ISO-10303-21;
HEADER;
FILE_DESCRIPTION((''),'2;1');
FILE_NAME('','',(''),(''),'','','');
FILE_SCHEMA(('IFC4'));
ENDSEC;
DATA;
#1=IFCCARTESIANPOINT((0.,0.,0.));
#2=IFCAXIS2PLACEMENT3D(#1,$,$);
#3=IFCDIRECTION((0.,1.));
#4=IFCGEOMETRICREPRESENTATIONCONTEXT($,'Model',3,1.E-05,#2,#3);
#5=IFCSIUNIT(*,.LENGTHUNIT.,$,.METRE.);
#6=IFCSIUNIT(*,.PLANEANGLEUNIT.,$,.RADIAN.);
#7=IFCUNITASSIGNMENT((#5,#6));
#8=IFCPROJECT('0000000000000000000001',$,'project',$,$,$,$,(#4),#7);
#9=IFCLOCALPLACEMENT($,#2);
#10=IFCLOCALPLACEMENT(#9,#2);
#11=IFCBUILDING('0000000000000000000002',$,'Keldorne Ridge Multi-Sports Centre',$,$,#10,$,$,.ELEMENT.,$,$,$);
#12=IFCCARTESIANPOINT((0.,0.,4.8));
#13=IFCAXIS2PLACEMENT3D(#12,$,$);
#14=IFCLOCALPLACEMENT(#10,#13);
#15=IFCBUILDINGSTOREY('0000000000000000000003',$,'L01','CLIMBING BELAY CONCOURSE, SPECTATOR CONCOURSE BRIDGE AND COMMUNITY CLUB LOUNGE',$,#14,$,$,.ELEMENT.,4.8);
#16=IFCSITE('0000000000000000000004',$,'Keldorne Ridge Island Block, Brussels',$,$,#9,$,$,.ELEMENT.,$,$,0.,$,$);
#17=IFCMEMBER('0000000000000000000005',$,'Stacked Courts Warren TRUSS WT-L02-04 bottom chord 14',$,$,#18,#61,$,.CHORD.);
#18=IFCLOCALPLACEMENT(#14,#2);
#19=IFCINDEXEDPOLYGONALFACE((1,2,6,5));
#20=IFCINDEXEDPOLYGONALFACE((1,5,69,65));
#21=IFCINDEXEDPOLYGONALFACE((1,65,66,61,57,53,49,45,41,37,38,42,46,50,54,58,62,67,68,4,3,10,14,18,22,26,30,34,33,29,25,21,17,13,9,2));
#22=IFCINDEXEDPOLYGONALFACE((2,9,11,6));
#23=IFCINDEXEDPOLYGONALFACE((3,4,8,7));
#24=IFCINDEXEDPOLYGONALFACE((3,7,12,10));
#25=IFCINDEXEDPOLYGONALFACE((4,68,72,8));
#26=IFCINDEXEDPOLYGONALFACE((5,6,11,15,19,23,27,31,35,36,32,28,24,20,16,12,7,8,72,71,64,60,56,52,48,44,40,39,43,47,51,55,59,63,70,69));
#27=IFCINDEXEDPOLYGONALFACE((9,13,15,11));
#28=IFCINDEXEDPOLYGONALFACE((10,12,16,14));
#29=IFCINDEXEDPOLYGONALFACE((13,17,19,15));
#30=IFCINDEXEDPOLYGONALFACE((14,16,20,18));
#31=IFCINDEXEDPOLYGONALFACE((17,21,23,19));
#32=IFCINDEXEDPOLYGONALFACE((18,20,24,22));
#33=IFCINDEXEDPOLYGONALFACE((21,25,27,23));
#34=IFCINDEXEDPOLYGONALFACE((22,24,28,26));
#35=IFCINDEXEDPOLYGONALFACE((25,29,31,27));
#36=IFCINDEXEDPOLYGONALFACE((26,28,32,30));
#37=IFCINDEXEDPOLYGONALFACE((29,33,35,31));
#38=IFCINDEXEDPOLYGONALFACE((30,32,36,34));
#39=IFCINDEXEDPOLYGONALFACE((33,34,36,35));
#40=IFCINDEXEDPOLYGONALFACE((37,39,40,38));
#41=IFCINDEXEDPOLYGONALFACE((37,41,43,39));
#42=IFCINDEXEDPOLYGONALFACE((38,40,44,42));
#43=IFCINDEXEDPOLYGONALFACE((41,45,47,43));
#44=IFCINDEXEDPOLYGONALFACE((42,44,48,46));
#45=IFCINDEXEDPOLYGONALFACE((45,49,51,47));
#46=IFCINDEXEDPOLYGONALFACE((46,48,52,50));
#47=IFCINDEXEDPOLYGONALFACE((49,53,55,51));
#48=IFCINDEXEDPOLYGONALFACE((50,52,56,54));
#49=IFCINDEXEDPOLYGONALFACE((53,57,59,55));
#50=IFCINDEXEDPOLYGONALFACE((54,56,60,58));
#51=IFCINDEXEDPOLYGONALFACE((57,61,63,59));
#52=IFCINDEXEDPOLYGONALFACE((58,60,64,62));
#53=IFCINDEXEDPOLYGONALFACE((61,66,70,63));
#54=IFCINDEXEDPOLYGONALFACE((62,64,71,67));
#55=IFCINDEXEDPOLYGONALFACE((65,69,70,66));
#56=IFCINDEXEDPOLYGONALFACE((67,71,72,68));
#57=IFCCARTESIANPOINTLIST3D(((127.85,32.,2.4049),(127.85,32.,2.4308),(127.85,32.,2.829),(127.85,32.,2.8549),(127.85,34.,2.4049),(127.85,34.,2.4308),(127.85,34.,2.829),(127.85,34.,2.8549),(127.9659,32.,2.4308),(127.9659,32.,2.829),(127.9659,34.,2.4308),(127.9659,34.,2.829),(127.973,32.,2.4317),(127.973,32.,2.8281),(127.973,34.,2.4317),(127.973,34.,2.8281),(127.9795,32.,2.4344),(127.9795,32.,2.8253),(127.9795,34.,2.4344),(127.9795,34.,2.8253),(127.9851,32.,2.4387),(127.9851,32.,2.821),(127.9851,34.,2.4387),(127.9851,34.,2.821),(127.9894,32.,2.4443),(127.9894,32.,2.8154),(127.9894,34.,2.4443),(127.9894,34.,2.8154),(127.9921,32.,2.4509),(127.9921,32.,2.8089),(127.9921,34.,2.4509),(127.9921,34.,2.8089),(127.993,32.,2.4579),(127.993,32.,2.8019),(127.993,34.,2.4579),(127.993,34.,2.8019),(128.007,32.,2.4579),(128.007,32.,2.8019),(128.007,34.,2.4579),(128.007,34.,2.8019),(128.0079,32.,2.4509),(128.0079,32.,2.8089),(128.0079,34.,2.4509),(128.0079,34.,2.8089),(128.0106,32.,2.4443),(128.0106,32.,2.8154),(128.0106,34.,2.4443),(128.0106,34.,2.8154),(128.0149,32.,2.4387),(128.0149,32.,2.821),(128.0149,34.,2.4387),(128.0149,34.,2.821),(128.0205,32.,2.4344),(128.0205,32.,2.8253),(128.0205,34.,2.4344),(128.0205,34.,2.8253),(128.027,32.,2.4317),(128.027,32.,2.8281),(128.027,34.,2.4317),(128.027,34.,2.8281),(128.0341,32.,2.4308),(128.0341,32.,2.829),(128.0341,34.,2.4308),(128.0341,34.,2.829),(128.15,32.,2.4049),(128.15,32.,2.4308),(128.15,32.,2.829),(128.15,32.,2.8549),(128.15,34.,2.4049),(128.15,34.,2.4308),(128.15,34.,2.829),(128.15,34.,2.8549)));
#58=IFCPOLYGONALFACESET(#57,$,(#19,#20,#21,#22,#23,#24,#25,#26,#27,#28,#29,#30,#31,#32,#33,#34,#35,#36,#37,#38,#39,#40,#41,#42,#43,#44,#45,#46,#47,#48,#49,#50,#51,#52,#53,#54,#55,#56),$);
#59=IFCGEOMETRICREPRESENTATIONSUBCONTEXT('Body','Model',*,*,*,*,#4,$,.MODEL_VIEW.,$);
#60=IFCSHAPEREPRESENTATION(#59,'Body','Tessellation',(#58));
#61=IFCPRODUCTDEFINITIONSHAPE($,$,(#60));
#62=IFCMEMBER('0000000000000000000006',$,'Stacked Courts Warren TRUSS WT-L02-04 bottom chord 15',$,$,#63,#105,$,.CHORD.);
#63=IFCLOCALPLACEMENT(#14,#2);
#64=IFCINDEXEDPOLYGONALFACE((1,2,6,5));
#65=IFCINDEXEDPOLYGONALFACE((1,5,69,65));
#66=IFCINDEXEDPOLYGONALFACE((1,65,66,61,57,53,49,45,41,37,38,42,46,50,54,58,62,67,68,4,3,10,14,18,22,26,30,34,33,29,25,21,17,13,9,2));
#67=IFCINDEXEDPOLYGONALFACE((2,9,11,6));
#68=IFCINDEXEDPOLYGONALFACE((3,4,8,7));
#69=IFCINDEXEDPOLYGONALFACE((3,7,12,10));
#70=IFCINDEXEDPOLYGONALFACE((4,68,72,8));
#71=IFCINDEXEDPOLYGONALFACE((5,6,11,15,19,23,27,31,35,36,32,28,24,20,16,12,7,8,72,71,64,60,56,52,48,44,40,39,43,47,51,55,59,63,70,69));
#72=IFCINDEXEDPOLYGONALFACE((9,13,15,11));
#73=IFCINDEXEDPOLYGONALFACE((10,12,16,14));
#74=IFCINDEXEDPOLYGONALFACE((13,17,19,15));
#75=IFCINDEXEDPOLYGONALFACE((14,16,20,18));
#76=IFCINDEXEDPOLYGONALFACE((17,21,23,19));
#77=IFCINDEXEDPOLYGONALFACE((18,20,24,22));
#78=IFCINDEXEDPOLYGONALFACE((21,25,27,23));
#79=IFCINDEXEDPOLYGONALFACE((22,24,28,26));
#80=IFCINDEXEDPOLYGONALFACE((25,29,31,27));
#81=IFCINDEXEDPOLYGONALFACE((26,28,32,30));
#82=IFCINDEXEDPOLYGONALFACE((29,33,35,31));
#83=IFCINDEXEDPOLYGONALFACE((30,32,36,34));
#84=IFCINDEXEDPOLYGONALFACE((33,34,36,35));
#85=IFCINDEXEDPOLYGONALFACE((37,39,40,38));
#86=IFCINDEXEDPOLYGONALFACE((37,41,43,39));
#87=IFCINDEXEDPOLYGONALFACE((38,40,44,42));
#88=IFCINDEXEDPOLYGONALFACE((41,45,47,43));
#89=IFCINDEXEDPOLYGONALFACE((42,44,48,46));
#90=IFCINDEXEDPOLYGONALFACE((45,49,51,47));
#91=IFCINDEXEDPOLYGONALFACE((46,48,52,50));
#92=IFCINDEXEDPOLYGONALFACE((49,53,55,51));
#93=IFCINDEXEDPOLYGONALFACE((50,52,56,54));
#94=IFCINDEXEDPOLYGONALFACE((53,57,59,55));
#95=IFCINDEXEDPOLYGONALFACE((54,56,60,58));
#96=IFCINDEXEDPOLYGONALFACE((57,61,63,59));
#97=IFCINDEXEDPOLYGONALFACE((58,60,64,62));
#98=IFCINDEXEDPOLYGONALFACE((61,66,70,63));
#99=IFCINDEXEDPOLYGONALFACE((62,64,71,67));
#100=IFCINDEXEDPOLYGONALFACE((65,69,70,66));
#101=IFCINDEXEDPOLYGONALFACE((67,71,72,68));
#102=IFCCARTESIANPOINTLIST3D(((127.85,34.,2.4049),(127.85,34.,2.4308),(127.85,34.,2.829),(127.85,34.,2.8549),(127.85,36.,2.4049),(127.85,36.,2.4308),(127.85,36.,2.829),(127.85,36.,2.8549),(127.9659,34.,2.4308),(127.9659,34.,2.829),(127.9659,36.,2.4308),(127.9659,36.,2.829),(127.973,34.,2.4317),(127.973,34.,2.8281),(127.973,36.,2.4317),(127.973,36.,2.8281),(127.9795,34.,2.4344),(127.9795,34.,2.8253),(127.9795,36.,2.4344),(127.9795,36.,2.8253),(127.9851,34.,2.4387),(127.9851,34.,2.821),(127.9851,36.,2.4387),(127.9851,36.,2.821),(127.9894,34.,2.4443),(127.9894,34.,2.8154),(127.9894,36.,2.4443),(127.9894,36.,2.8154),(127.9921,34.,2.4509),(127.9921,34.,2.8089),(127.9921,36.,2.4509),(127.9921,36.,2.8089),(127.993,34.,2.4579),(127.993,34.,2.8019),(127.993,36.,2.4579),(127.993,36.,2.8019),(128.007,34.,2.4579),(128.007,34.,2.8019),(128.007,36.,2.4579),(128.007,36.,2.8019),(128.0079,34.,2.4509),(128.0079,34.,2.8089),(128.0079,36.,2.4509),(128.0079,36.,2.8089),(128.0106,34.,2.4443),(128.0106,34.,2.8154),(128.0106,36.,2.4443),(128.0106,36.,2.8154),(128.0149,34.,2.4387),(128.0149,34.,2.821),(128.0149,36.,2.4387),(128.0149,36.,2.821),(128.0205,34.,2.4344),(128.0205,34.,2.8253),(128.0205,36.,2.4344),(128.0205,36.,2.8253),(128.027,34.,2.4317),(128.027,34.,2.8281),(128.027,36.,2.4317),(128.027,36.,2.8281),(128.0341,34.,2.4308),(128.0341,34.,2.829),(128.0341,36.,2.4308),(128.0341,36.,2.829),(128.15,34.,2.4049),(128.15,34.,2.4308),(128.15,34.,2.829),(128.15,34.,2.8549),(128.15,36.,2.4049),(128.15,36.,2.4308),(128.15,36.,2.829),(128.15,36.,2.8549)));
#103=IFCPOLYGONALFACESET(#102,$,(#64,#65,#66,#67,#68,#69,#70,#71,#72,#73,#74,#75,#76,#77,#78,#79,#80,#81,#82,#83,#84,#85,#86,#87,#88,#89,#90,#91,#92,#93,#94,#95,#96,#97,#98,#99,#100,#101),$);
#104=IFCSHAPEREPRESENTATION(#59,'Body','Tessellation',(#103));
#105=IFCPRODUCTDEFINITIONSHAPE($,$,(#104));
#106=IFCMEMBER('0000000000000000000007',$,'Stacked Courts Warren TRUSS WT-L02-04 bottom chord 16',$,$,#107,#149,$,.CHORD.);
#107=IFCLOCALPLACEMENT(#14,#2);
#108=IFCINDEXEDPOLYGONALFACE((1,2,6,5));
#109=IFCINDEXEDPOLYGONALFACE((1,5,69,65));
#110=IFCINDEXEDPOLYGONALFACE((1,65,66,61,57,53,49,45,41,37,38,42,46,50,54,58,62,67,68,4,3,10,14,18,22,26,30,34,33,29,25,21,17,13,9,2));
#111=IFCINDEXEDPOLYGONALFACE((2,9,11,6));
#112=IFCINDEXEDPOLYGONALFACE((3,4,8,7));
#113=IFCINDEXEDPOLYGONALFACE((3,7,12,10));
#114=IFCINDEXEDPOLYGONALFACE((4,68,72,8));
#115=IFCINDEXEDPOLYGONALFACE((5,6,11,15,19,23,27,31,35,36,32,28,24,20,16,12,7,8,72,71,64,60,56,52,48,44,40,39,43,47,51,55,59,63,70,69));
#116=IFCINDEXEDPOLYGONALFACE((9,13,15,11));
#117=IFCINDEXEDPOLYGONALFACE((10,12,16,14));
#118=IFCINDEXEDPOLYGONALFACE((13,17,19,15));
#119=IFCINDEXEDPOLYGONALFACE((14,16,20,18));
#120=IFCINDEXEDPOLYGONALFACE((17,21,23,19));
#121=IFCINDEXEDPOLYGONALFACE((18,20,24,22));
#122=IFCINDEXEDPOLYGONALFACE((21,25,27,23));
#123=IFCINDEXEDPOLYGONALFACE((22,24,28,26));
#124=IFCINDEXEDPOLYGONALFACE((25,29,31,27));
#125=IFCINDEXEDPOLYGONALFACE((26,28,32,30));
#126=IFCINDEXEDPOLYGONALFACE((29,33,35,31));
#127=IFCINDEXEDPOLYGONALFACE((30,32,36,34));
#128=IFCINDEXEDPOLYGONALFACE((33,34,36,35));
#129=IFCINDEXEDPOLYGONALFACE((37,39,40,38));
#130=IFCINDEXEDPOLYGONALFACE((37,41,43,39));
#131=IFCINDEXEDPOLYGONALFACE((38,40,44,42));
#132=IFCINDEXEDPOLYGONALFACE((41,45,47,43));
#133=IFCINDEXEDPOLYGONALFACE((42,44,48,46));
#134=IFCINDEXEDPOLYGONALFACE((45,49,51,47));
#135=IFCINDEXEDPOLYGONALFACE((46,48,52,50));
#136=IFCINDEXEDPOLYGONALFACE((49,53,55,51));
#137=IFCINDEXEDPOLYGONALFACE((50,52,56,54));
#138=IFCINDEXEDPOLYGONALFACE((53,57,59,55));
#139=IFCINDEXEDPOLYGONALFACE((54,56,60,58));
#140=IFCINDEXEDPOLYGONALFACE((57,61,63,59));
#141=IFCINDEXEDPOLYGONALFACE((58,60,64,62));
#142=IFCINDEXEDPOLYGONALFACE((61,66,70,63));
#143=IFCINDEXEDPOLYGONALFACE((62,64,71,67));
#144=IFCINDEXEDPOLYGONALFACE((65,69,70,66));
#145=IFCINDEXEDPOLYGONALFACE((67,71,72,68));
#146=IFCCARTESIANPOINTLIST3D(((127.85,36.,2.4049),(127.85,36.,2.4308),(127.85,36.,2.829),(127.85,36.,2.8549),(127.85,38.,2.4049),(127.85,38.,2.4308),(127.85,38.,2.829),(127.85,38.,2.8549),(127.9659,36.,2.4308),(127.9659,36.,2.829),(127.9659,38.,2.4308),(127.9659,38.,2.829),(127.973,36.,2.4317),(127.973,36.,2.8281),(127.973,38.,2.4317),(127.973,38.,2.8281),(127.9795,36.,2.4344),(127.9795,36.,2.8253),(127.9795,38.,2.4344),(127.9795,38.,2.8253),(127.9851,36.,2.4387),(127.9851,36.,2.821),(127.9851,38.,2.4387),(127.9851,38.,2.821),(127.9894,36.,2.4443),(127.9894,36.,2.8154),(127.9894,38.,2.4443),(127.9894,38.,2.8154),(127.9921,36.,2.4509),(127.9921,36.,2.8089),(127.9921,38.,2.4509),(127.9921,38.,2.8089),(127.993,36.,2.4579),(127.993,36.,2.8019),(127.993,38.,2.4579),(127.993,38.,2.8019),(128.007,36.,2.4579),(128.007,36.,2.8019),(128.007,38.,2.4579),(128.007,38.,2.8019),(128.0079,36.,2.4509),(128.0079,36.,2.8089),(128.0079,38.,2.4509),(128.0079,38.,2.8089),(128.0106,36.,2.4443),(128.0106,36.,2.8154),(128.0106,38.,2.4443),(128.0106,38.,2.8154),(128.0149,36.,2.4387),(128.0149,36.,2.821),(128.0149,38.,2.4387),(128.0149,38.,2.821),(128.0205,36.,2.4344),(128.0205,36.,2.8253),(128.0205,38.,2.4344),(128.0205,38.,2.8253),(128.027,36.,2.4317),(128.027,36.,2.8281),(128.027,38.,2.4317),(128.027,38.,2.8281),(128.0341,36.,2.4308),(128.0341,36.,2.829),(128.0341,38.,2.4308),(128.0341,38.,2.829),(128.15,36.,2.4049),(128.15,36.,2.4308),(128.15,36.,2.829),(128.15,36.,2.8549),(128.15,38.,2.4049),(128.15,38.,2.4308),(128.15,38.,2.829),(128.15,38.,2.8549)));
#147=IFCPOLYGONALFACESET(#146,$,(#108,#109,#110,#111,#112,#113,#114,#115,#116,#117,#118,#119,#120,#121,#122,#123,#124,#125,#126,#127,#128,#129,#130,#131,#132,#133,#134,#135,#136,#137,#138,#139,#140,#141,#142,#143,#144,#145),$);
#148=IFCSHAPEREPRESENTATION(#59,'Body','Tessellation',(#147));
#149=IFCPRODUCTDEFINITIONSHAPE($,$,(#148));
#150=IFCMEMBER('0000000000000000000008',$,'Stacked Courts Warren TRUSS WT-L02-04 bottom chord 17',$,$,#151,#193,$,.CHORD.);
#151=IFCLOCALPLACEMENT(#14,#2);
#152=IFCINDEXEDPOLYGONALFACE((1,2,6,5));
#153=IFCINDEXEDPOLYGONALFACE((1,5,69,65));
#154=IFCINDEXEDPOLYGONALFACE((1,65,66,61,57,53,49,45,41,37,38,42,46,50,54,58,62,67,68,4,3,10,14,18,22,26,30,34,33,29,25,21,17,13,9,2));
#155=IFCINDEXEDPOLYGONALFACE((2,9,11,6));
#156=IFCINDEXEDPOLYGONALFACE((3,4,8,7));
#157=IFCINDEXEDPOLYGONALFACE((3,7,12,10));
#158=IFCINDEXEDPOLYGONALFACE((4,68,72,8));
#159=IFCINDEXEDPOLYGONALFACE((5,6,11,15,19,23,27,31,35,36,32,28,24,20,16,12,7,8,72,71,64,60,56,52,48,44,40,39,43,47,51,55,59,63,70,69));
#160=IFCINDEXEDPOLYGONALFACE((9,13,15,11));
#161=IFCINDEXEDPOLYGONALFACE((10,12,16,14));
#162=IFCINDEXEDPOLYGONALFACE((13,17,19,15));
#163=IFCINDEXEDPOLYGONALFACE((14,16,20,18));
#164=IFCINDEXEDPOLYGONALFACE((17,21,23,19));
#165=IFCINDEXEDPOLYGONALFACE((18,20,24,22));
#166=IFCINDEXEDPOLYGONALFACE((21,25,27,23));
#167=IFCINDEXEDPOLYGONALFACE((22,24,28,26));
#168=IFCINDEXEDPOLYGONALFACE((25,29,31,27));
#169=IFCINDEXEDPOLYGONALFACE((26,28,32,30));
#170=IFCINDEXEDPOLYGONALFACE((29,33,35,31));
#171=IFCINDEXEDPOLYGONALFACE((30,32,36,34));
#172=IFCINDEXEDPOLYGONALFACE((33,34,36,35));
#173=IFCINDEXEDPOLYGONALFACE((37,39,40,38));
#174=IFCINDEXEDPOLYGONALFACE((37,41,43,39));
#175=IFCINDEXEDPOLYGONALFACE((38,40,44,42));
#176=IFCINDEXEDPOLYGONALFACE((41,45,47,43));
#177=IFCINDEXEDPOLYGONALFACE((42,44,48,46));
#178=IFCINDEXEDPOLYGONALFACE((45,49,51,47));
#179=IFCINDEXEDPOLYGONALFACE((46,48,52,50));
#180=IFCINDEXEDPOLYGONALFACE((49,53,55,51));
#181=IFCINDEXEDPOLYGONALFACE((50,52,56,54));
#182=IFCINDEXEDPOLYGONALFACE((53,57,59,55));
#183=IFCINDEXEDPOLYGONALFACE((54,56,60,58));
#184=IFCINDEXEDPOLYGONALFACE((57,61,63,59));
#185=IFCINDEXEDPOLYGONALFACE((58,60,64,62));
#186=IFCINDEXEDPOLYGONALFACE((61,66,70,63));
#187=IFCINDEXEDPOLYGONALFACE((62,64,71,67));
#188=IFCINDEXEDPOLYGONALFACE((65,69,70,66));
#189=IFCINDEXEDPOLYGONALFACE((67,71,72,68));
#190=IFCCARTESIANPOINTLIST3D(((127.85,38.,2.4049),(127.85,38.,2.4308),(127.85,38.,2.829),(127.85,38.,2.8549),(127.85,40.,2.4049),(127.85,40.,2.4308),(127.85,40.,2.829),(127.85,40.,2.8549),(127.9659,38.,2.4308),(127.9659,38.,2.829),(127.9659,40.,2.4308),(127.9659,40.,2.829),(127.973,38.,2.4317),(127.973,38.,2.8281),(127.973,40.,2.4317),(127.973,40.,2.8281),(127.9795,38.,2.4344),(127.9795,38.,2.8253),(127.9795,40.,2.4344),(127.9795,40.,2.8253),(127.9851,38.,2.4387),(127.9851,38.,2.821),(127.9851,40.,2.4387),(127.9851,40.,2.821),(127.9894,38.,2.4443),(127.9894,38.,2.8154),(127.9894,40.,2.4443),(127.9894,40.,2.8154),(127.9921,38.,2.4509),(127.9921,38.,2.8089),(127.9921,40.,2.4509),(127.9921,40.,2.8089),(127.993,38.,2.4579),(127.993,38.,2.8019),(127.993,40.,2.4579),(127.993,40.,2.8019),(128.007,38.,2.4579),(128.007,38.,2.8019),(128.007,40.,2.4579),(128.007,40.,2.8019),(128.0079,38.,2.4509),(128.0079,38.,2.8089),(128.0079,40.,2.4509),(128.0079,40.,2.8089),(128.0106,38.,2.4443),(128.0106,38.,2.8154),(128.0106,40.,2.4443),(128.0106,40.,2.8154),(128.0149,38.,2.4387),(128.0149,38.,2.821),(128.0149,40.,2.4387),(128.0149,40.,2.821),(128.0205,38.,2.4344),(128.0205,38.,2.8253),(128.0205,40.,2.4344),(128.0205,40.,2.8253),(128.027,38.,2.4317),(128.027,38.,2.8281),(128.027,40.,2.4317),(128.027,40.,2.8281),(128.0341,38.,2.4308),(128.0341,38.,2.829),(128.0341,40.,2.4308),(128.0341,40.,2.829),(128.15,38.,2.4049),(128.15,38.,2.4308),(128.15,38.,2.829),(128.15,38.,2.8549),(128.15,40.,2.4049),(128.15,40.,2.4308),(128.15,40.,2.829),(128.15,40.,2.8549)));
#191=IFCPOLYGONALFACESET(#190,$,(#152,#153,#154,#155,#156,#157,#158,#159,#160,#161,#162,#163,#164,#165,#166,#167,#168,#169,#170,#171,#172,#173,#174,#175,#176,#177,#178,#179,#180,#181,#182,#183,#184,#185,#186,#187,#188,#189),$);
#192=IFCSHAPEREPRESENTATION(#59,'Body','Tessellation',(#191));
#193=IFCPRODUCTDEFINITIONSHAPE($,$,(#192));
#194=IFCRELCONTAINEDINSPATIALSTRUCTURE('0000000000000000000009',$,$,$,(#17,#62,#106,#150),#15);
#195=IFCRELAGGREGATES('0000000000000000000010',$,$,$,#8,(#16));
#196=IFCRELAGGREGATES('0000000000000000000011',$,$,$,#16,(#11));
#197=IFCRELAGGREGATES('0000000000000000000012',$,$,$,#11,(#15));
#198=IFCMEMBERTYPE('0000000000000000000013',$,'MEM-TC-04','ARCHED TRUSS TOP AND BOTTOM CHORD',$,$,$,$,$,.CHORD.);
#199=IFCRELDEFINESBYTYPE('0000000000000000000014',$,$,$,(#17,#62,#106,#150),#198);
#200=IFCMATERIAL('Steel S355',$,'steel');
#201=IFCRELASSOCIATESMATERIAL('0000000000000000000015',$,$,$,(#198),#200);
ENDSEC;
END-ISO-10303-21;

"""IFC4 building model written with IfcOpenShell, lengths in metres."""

from ifc_helpers import new_model, si_unit, direction, frame, origin, origin_2d, place, context, subcontext, project, spatial, i_section, extrude, material, material_profile, profile_set, type_object, element, save


model = new_model("IFC4")

# Units and contexts
model_context = context("Model", 3, precision=1e-05, world=origin(), true_north=direction((0.0, 1.0)))
body_context = subcontext(model_context, "Body", "Model", "MODEL_VIEW")
ifc_project = project(units=[si_unit("LENGTHUNIT", "METRE"), si_unit("PLANEANGLEUNIT", "RADIAN")], contexts=[model_context])

# Site, building, storey
site_placement = place(None, origin())
site = spatial("IfcSite", under=ifc_project, at=site_placement, Name="Keldorne Ridge Island Block, Brussels", CompositionType="ELEMENT", RefElevation=0.0)
building_placement = place(site_placement, origin())
building = spatial("IfcBuilding", under=site, at=building_placement, Name="Keldorne Ridge Multi-Sports Centre", CompositionType="ELEMENT")
storey_placement = place(building_placement, frame((0.0, 0.0, 4.8)))
storey = spatial("IfcBuildingStorey", under=building, at=storey_placement, Name="L01", Description="CLIMBING BELAY CONCOURSE, SPECTATOR CONCOURSE BRIDGE AND COMMUNITY CLUB LOUNGE", CompositionType="ELEMENT", Elevation=4.8)

# Members
ifc_material = material(Name="Steel S355", Category="steel")
ifc_material_profile_1 = material_profile(ifc_material, i_section(OverallWidth=0.3, OverallDepth=0.45, WebThickness=0.0139, FlangeThickness=0.0259, FilletRadius=0.0271, at=origin_2d()), Name="HEB 450")
ifc_profile_set_1 = profile_set([ifc_material_profile_1], Name="Steel S355")
member_type_1 = type_object("IfcMemberType", Name="MEM-TC-04", Description="ARCHED TRUSS TOP AND BOTTOM CHORD", PredefinedType="CHORD", material=ifc_profile_set_1)
for number, where, z_axis, x_axis, name in (
    (1, (128.0, 32.0, 2.6299), (0.0, 1.0, 0.0), (-1.0, 0.0, 0.0), "Stacked Courts Warren TRUSS WT-L02-04 bottom chord 14"),
    (2, (128.0, 34.0, 2.6299), (0.0, 1.0, 0.0), (-1.0, 0.0, 0.0), "Stacked Courts Warren TRUSS WT-L02-04 bottom chord 15"),
    (3, (128.0, 36.0, 2.6299), (0.0, 1.0, 0.0), (-1.0, 0.0, 0.0), "Stacked Courts Warren TRUSS WT-L02-04 bottom chord 16"),
    (4, (128.0, 38.0, 2.6299), (0.0, 1.0, 0.0), (-1.0, 0.0, 0.0), "Stacked Courts Warren TRUSS WT-L02-04 bottom chord 17"),
):
    element("IfcMember", number, at=place(storey_placement, frame(where, z_axis=z_axis, x_axis=x_axis)), inside=storey, type_object=member_type_1, Name=name, PredefinedType="CHORD", context=body_context, shape_type="SweptSolid", body=[
        extrude(i_section(OverallWidth=0.3, OverallDepth=0.45, WebThickness=0.0139, FlangeThickness=0.0259, FilletRadius=0.0271, at=origin_2d()), origin(), (0.0, 0.0, 1.0), 2.0),
    ])

save(model, "model.ifc")
